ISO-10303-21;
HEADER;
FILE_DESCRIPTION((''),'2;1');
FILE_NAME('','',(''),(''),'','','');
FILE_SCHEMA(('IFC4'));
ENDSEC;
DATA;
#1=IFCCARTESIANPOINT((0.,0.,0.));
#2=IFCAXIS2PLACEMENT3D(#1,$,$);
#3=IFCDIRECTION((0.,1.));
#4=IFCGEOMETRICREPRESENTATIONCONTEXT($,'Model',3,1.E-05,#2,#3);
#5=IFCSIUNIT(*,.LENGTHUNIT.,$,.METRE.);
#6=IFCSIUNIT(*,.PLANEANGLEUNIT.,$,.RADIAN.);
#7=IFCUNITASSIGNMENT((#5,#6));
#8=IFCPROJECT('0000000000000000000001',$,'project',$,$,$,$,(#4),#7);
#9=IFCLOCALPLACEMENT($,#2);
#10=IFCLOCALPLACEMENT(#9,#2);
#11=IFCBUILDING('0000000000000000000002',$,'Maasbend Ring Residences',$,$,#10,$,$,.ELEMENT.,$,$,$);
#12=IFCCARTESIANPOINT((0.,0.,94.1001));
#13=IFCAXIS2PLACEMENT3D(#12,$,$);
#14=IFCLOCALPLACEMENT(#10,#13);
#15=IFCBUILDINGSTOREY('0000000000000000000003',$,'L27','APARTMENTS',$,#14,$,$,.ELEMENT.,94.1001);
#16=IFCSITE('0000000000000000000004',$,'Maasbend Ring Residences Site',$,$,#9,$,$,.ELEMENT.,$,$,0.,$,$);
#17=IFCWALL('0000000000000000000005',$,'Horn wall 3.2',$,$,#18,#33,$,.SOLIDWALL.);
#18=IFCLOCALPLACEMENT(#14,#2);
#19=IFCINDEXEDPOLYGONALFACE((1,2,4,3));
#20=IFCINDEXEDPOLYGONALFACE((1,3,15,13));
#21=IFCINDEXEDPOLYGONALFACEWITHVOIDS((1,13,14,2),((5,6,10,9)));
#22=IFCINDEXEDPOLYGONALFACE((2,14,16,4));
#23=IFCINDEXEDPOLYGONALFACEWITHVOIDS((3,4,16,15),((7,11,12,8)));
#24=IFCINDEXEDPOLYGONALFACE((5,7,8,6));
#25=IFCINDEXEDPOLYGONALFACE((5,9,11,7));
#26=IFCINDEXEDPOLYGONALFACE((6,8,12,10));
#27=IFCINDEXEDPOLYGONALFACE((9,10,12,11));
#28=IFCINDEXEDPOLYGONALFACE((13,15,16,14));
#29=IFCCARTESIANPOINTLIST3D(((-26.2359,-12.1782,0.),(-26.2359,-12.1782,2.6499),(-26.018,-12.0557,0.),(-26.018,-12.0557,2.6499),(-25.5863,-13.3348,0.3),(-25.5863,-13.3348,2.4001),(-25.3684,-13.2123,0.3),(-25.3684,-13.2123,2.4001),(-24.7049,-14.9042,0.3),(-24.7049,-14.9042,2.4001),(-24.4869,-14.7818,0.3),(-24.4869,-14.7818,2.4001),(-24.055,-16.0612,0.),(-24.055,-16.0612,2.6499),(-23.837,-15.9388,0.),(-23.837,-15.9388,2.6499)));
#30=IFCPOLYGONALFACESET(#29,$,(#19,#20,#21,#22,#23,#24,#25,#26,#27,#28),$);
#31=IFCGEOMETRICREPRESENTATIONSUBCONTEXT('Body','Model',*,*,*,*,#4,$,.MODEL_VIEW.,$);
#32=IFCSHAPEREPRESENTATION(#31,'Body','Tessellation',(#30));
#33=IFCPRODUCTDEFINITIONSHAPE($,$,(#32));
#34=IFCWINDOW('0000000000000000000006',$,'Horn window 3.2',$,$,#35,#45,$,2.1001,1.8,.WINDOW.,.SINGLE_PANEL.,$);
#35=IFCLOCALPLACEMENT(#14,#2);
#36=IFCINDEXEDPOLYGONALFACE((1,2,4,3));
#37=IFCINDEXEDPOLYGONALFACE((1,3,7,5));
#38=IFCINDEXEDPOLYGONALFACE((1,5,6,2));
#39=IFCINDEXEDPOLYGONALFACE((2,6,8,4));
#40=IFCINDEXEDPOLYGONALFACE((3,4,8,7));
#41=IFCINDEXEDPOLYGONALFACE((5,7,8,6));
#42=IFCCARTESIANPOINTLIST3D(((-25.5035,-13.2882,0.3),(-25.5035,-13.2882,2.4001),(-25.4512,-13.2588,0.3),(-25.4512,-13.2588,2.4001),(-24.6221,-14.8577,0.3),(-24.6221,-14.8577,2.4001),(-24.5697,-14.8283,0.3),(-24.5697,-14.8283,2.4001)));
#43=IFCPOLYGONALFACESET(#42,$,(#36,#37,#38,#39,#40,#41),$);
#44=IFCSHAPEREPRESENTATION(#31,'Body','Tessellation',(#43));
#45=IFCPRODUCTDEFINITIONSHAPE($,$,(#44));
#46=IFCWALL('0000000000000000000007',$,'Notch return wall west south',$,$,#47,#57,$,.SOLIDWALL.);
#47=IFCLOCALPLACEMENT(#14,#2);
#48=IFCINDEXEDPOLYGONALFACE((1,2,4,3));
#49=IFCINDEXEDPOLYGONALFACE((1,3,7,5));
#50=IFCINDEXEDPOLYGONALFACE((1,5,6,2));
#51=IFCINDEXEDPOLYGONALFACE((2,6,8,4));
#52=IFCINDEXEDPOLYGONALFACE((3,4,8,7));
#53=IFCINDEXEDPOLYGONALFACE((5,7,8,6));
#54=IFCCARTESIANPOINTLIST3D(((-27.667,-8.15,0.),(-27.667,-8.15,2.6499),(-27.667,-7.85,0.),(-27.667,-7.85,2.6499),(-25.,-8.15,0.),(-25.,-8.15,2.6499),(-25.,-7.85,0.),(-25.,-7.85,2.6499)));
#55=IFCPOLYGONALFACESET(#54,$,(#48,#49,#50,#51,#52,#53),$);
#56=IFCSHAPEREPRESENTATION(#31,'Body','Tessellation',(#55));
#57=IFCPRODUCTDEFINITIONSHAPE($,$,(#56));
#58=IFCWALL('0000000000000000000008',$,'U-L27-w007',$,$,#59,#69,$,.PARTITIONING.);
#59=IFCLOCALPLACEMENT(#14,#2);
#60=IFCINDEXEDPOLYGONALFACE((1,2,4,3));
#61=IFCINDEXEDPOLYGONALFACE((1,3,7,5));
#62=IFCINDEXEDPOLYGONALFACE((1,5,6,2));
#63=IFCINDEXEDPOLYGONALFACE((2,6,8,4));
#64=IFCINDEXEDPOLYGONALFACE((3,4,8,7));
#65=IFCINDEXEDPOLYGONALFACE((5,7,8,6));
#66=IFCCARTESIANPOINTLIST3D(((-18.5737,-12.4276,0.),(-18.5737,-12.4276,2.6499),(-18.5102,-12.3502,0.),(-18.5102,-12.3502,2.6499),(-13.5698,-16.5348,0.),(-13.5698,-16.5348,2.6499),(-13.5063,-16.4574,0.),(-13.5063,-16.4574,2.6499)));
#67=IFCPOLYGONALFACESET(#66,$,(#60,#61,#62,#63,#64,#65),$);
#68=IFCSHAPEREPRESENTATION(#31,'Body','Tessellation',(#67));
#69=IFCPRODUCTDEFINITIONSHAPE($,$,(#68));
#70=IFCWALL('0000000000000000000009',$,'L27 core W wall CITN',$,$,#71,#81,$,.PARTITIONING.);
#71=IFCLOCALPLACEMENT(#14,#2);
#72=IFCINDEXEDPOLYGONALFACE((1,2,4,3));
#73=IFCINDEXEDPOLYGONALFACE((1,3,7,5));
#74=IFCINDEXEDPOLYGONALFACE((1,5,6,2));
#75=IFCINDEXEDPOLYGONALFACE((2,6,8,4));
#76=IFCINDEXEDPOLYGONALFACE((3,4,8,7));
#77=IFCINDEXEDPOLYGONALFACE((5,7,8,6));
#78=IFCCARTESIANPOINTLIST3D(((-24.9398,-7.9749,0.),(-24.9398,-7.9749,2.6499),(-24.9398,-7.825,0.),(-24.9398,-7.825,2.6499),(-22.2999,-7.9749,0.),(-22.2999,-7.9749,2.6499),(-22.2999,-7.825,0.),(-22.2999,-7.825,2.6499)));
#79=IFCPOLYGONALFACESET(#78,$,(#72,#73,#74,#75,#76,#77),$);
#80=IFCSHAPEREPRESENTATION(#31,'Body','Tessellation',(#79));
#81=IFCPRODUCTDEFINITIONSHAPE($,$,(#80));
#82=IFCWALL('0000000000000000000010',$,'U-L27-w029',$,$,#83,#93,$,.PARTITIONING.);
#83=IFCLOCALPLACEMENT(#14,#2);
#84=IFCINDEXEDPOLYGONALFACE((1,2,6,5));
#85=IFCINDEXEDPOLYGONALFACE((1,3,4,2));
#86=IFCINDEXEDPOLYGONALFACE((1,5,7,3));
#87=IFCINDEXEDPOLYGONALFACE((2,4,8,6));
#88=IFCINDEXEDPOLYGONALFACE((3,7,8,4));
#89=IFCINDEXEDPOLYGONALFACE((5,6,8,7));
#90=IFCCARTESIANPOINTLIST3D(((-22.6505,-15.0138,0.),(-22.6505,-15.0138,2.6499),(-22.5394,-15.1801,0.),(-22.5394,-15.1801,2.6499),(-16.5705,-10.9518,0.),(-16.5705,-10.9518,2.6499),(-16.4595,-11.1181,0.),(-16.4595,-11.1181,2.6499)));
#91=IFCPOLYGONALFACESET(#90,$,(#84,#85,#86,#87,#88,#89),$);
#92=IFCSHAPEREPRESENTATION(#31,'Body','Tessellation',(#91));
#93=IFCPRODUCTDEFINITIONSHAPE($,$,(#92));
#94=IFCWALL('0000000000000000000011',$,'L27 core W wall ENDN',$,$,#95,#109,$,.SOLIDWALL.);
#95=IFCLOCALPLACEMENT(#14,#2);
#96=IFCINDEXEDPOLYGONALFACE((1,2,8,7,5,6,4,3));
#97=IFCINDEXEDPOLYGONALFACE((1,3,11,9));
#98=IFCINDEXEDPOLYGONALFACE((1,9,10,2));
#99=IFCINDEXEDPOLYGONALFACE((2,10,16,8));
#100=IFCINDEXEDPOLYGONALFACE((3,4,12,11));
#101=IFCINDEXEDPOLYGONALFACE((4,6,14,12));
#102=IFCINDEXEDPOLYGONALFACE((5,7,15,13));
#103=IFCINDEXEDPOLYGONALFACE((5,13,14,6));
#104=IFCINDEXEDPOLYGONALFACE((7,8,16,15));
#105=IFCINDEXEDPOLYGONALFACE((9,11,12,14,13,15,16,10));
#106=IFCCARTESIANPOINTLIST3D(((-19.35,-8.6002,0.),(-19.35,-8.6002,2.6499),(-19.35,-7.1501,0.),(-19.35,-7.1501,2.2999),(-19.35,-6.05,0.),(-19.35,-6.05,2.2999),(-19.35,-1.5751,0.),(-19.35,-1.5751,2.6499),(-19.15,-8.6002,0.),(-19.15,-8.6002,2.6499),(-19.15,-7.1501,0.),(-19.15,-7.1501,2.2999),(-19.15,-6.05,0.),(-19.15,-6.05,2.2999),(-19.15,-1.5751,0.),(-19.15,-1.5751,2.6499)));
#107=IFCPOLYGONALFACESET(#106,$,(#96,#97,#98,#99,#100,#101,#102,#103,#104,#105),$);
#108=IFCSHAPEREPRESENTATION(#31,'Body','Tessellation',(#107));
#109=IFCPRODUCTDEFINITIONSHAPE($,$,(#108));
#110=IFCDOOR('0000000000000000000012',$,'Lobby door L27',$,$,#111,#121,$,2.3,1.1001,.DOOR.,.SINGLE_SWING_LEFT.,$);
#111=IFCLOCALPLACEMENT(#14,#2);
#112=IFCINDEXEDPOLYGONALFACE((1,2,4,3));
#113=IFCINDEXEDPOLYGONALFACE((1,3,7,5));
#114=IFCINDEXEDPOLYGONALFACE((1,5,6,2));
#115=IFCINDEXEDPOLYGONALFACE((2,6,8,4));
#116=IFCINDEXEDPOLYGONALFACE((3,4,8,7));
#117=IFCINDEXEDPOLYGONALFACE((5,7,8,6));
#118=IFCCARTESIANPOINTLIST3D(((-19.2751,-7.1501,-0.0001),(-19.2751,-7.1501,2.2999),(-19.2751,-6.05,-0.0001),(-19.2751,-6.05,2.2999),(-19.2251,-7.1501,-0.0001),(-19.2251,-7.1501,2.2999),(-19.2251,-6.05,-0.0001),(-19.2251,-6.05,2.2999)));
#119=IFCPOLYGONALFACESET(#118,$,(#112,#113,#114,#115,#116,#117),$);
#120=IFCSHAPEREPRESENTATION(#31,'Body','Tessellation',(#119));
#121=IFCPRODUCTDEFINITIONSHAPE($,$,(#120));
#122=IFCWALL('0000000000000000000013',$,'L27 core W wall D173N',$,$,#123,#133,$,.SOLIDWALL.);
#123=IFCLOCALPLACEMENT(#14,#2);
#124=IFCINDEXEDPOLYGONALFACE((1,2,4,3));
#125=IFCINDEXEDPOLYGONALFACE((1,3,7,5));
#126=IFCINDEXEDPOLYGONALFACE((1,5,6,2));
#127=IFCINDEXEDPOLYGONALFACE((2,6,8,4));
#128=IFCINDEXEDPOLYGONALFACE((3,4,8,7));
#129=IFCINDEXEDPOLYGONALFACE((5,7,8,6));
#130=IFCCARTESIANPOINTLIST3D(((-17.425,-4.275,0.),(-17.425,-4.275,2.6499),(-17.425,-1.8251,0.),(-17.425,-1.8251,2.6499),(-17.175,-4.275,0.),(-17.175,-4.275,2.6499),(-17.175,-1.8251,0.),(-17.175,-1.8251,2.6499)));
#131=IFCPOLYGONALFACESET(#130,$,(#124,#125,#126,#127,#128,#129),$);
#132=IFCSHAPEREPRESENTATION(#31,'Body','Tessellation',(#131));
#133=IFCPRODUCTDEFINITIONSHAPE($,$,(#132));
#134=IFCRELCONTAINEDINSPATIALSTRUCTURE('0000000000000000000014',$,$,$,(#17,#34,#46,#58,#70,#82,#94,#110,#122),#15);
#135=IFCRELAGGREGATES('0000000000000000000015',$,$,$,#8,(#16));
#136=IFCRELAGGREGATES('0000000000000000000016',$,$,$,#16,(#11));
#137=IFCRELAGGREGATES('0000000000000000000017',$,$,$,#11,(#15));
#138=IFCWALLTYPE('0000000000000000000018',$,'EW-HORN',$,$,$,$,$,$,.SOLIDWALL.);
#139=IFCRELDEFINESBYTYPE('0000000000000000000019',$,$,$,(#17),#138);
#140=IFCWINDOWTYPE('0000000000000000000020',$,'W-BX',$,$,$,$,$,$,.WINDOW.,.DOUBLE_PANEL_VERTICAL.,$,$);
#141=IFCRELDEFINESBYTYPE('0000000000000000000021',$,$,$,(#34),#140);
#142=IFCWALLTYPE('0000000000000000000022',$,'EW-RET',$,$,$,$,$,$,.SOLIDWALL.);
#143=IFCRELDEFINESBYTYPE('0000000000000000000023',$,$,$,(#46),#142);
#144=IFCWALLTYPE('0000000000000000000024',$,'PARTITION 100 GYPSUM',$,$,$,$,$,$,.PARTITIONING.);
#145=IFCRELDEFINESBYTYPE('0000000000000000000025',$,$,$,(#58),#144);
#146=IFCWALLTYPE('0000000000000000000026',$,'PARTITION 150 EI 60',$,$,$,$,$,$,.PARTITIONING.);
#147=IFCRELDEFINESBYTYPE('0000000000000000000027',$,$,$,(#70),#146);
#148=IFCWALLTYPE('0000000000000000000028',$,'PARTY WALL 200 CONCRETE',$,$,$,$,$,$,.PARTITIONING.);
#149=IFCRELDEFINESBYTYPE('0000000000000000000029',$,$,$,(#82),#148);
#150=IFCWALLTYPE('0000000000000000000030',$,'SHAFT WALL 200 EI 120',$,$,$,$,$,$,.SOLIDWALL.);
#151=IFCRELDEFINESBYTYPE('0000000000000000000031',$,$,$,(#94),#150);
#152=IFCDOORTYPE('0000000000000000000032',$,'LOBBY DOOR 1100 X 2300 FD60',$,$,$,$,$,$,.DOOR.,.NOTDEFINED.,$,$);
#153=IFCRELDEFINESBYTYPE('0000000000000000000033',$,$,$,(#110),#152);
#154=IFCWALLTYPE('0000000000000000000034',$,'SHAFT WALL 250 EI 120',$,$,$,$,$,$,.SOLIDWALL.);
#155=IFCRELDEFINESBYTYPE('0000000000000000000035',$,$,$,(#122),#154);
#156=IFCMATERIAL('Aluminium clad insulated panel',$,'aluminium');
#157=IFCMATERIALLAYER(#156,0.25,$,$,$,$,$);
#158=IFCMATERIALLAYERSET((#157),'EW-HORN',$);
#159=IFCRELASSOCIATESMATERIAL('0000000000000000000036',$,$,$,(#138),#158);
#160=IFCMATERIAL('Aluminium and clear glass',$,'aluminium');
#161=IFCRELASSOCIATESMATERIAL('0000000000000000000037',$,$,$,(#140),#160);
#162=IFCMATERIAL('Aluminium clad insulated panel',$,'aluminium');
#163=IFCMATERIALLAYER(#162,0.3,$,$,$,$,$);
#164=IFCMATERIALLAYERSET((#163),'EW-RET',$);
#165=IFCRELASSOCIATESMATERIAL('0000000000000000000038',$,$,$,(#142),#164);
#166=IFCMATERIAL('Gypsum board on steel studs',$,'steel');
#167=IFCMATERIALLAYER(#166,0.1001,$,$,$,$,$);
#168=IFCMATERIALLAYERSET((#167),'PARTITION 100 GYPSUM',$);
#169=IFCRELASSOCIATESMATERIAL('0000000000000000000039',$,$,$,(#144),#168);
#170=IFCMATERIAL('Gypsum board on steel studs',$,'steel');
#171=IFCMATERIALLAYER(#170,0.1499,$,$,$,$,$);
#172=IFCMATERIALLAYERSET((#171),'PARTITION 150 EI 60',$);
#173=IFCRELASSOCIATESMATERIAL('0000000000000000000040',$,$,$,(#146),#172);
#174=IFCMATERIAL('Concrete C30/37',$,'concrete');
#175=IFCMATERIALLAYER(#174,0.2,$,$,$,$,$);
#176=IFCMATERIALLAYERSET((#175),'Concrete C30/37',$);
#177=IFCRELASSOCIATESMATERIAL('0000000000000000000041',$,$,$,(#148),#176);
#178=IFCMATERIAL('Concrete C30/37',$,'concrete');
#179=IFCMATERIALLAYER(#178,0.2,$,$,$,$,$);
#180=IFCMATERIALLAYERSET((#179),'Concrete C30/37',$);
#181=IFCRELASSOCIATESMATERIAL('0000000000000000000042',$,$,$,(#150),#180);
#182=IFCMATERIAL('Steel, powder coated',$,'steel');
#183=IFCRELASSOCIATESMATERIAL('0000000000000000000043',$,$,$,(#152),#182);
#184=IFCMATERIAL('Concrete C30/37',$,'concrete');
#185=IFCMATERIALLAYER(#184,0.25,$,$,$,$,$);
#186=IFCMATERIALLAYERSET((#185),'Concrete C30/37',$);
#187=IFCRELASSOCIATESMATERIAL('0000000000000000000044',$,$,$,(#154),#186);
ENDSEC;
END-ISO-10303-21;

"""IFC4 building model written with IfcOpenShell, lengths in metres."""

from ifc_helpers import new_model, si_unit, direction, frame, frame_2d, origin, place, context, subcontext, project, spatial, rectangle, extrude, material, layer, layer_set, type_object, element, fill, save


model = new_model("IFC4")

# Units and contexts
model_context = context("Model", 3, precision=1e-05, world=origin(), true_north=direction((0.0, 1.0)))
body_context = subcontext(model_context, "Body", "Model", "MODEL_VIEW")
ifc_project = project(units=[si_unit("LENGTHUNIT", "METRE"), si_unit("PLANEANGLEUNIT", "RADIAN")], contexts=[model_context])

# Site, building, storey
site_placement = place(None, origin())
site = spatial("IfcSite", under=ifc_project, at=site_placement, Name="Maasbend Ring Residences Site", CompositionType="ELEMENT", RefElevation=0.0)
building_placement = place(site_placement, origin())
building = spatial("IfcBuilding", under=site, at=building_placement, Name="Maasbend Ring Residences", CompositionType="ELEMENT")
storey_placement = place(building_placement, frame((0.0, 0.0, 94.1001)))
storey = spatial("IfcBuildingStorey", under=building, at=storey_placement, Name="L27", Description="APARTMENTS", CompositionType="ELEMENT", Elevation=94.1001)

# Wall, opening, window
ifc_material_1 = material(Name="Aluminium clad insulated panel", Category="aluminium")
ifc_layer_1 = layer(ifc_material_1, 0.25)
ifc_layer_set_1 = layer_set([ifc_layer_1], Name="EW-HORN")
wall_type_1 = type_object("IfcWallType", Name="EW-HORN", PredefinedType="SOLIDWALL", material=ifc_layer_set_1)
ifc_material_2 = material(Name="Aluminium and clear glass", Category="aluminium")
window_type = type_object("IfcWindowType", Name="W-BX", PartitioningType="DOUBLE_PANEL_VERTICAL", PredefinedType="WINDOW", material=ifc_material_2)
wall_1_placement = place(storey_placement, frame((-26.127, -12.1169, 0.0), z_axis=(0.0, 0.0, 1.0), x_axis=(0.489696, -0.871893, 0.0)))
wall_1 = element("IfcWall", 1, at=wall_1_placement, inside=storey, type_object=wall_type_1, Name="Horn wall 3.2", PredefinedType="SOLIDWALL", context=body_context, shape_type="SweptSolid", body=[
    extrude(rectangle(XDim=4.4536, YDim=0.25, at=frame_2d((2.2268, 0.0))), origin(), (0.0, 0.0, 1.0), 2.6499),
])
opening_1_placement = place(wall_1_placement, frame((1.3267, 0.0, 0.3)))
opening_1 = element("IfcOpeningElement", 2, at=opening_1_placement, cuts=wall_1, PredefinedType="OPENING", context=body_context, shape_type="SweptSolid", body=[
    extrude(rectangle(XDim=1.8, YDim=2.1001, at=frame_2d((0.8999, 1.05))), frame((0.0, 0.135, 0.0), z_axis=(0.0, -1.0, 0.0), x_axis=(1.0, 0.0, 0.0)), (0.0, 0.0, 1.0), 0.27),
])
window_1_placement = place(opening_1_placement, origin())
window_1 = element("IfcWindow", 3, at=window_1_placement, inside=storey, type_object=window_type, Name="Horn window 3.2", OverallHeight=2.1001, OverallWidth=1.8, PartitioningType="SINGLE_PANEL", PredefinedType="WINDOW", context=body_context, shape_type="SweptSolid", body=[
    extrude(rectangle(XDim=1.8, YDim=2.1001, at=frame_2d((0.8999, 1.05))), frame((0.0, 0.03, 0.0), z_axis=(0.0, -1.0, 0.0), x_axis=(1.0, 0.0, 0.0)), (0.0, 0.0, 1.0), 0.0601),
])
fill(opening_1, window_1)

# Walls
ifc_material_3 = material(Name="Aluminium clad insulated panel", Category="aluminium")
ifc_layer_2 = layer(ifc_material_3, 0.3)
ifc_layer_set_2 = layer_set([ifc_layer_2], Name="EW-RET")
wall_type_2 = type_object("IfcWallType", Name="EW-RET", PredefinedType="SOLIDWALL", material=ifc_layer_set_2)
wall_2_placement = place(storey_placement, frame((-25.0, -8.0, 0.0), z_axis=(0.0, 0.0, 1.0), x_axis=(-1.0, 0.0, 0.0)))
element("IfcWall", 4, at=wall_2_placement, inside=storey, type_object=wall_type_2, Name="Notch return wall west south", PredefinedType="SOLIDWALL", context=body_context, shape_type="SweptSolid", body=[
    extrude(rectangle(XDim=2.667, YDim=0.3, at=frame_2d((1.3335, 0.0))), origin(), (0.0, 0.0, 1.0), 2.6499),
])
ifc_material_4 = material(Name="Gypsum board on steel studs", Category="steel")
ifc_layer_3 = layer(ifc_material_4, 0.1001)
ifc_layer_set_3 = layer_set([ifc_layer_3], Name="PARTITION 100 GYPSUM")
wall_type_3 = type_object("IfcWallType", Name="PARTITION 100 GYPSUM", PredefinedType="PARTITIONING", material=ifc_layer_set_3)
wall_3_placement = place(storey_placement, frame((-18.542, -12.3889, 0.0), z_axis=(0.0, 0.0, 1.0), x_axis=(0.772967, -0.634447, 0.0)))
element("IfcWall", 5, at=wall_3_placement, inside=storey, type_object=wall_type_3, Name="U-L27-w007", PredefinedType="PARTITIONING", context=body_context, shape_type="SweptSolid", body=[
    extrude(rectangle(XDim=6.4736, YDim=0.1001, at=frame_2d((3.2368, 0.0))), origin(), (0.0, 0.0, 1.0), 2.6499),
])
ifc_material_5 = material(Name="Gypsum board on steel studs", Category="steel")
ifc_layer_4 = layer(ifc_material_5, 0.1499)
ifc_layer_set_4 = layer_set([ifc_layer_4], Name="PARTITION 150 EI 60")
wall_type_4 = type_object("IfcWallType", Name="PARTITION 150 EI 60", PredefinedType="PARTITIONING", material=ifc_layer_set_4)
wall_4_placement = place(storey_placement, frame((-22.3, -7.8999, 0.0), z_axis=(0.0, 0.0, 1.0), x_axis=(-1.0, 0.0, 0.0)))
element("IfcWall", 6, at=wall_4_placement, inside=storey, type_object=wall_type_4, Name="L27 core W wall CITN", PredefinedType="PARTITIONING", context=body_context, shape_type="SweptSolid", body=[
    extrude(rectangle(XDim=2.6399, YDim=0.1499, at=frame_2d((1.3198, 0.0))), origin(), (0.0, 0.0, 1.0), 2.6499),
])
ifc_material_6 = material(Name="Concrete C30/37", Category="concrete")
ifc_layer_5 = layer(ifc_material_6, 0.2)
ifc_layer_set_5 = layer_set([ifc_layer_5], Name="Concrete C30/37")
wall_type_5 = type_object("IfcWallType", Name="PARTY WALL 200 CONCRETE", PredefinedType="PARTITIONING", material=ifc_layer_set_5)
wall_5_placement = place(storey_placement, frame((-22.595, -15.0969, 0.0), z_axis=(0.0, 0.0, 1.0), x_axis=(0.831505, 0.555517, 0.0)))
element("IfcWall", 7, at=wall_5_placement, inside=storey, type_object=wall_type_5, Name="U-L27-w029", PredefinedType="PARTITIONING", context=body_context, shape_type="SweptSolid", body=[
    extrude(rectangle(XDim=7.312, YDim=0.2, at=frame_2d((3.656, 0.0))), origin(), (0.0, 0.0, 1.0), 2.6499),
])

# Wall, opening, door
ifc_material_7 = material(Name="Concrete C30/37", Category="concrete")
ifc_layer_6 = layer(ifc_material_7, 0.2)
ifc_layer_set_6 = layer_set([ifc_layer_6], Name="Concrete C30/37")
wall_type_6 = type_object("IfcWallType", Name="SHAFT WALL 200 EI 120", PredefinedType="SOLIDWALL", material=ifc_layer_set_6)
wall_6_placement = place(storey_placement, frame((-19.25, -1.575, 0.0), z_axis=(0.0, 0.0, 1.0), x_axis=(0.0, -1.0, 0.0)))
wall_6 = element("IfcWall", 8, at=wall_6_placement, inside=storey, type_object=wall_type_6, Name="L27 core W wall ENDN", PredefinedType="SOLIDWALL", context=body_context, shape_type="SweptSolid", body=[
    extrude(rectangle(XDim=7.0251, YDim=0.2, at=frame_2d((3.5127, 0.0))), origin(), (0.0, 0.0, 1.0), 2.6499),
])
opening_2_placement = place(wall_6_placement, frame((4.4751, 0.0, 0.0)))
opening_2 = element("IfcOpeningElement", 9, at=opening_2_placement, cuts=wall_6, PredefinedType="OPENING", context=body_context, shape_type="SweptSolid", body=[
    extrude(rectangle(XDim=1.1001, YDim=2.3, at=frame_2d((0.55, 1.1499))), frame((0.0, 0.1099, 0.0), z_axis=(0.0, -1.0, 0.0), x_axis=(1.0, 0.0, 0.0)), (0.0, 0.0, 1.0), 0.22),
])
ifc_material_8 = material(Name="Steel, powder coated", Category="steel")
door_type_1 = type_object("IfcDoorType", Name="LOBBY DOOR 1100 X 2300 FD60", OperationType="NOTDEFINED", PredefinedType="DOOR", material=ifc_material_8)
door_1_placement = place(opening_2_placement, origin())
door_1 = element("IfcDoor", 10, at=door_1_placement, inside=storey, type_object=door_type_1, Name="Lobby door L27", OperationType="SINGLE_SWING_LEFT", OverallHeight=2.3, OverallWidth=1.1001, PredefinedType="DOOR", context=body_context, shape_type="SweptSolid", body=[
    extrude(rectangle(XDim=1.1001, YDim=2.3, at=frame_2d((0.55, 1.1499))), frame((0.0, 0.0249, 0.0), z_axis=(0.0, -1.0, 0.0), x_axis=(1.0, 0.0, 0.0)), (0.0, 0.0, 1.0), 0.05),
])
fill(opening_2, door_1)

# Wall
ifc_material_9 = material(Name="Concrete C30/37", Category="concrete")
ifc_layer_7 = layer(ifc_material_9, 0.25)
ifc_layer_set_7 = layer_set([ifc_layer_7], Name="Concrete C30/37")
wall_type_7 = type_object("IfcWallType", Name="SHAFT WALL 250 EI 120", PredefinedType="SOLIDWALL", material=ifc_layer_set_7)
wall_7_placement = place(storey_placement, frame((-17.3, -1.825, 0.0), z_axis=(0.0, 0.0, 1.0), x_axis=(0.0, -1.0, 0.0)))
element("IfcWall", 11, at=wall_7_placement, inside=storey, type_object=wall_type_7, Name="L27 core W wall D173N", PredefinedType="SOLIDWALL", context=body_context, shape_type="SweptSolid", body=[
    extrude(rectangle(XDim=2.45, YDim=0.25, at=frame_2d((1.2251, 0.0))), origin(), (0.0, 0.0, 1.0), 2.6499),
])

save(model, "model.ifc")
